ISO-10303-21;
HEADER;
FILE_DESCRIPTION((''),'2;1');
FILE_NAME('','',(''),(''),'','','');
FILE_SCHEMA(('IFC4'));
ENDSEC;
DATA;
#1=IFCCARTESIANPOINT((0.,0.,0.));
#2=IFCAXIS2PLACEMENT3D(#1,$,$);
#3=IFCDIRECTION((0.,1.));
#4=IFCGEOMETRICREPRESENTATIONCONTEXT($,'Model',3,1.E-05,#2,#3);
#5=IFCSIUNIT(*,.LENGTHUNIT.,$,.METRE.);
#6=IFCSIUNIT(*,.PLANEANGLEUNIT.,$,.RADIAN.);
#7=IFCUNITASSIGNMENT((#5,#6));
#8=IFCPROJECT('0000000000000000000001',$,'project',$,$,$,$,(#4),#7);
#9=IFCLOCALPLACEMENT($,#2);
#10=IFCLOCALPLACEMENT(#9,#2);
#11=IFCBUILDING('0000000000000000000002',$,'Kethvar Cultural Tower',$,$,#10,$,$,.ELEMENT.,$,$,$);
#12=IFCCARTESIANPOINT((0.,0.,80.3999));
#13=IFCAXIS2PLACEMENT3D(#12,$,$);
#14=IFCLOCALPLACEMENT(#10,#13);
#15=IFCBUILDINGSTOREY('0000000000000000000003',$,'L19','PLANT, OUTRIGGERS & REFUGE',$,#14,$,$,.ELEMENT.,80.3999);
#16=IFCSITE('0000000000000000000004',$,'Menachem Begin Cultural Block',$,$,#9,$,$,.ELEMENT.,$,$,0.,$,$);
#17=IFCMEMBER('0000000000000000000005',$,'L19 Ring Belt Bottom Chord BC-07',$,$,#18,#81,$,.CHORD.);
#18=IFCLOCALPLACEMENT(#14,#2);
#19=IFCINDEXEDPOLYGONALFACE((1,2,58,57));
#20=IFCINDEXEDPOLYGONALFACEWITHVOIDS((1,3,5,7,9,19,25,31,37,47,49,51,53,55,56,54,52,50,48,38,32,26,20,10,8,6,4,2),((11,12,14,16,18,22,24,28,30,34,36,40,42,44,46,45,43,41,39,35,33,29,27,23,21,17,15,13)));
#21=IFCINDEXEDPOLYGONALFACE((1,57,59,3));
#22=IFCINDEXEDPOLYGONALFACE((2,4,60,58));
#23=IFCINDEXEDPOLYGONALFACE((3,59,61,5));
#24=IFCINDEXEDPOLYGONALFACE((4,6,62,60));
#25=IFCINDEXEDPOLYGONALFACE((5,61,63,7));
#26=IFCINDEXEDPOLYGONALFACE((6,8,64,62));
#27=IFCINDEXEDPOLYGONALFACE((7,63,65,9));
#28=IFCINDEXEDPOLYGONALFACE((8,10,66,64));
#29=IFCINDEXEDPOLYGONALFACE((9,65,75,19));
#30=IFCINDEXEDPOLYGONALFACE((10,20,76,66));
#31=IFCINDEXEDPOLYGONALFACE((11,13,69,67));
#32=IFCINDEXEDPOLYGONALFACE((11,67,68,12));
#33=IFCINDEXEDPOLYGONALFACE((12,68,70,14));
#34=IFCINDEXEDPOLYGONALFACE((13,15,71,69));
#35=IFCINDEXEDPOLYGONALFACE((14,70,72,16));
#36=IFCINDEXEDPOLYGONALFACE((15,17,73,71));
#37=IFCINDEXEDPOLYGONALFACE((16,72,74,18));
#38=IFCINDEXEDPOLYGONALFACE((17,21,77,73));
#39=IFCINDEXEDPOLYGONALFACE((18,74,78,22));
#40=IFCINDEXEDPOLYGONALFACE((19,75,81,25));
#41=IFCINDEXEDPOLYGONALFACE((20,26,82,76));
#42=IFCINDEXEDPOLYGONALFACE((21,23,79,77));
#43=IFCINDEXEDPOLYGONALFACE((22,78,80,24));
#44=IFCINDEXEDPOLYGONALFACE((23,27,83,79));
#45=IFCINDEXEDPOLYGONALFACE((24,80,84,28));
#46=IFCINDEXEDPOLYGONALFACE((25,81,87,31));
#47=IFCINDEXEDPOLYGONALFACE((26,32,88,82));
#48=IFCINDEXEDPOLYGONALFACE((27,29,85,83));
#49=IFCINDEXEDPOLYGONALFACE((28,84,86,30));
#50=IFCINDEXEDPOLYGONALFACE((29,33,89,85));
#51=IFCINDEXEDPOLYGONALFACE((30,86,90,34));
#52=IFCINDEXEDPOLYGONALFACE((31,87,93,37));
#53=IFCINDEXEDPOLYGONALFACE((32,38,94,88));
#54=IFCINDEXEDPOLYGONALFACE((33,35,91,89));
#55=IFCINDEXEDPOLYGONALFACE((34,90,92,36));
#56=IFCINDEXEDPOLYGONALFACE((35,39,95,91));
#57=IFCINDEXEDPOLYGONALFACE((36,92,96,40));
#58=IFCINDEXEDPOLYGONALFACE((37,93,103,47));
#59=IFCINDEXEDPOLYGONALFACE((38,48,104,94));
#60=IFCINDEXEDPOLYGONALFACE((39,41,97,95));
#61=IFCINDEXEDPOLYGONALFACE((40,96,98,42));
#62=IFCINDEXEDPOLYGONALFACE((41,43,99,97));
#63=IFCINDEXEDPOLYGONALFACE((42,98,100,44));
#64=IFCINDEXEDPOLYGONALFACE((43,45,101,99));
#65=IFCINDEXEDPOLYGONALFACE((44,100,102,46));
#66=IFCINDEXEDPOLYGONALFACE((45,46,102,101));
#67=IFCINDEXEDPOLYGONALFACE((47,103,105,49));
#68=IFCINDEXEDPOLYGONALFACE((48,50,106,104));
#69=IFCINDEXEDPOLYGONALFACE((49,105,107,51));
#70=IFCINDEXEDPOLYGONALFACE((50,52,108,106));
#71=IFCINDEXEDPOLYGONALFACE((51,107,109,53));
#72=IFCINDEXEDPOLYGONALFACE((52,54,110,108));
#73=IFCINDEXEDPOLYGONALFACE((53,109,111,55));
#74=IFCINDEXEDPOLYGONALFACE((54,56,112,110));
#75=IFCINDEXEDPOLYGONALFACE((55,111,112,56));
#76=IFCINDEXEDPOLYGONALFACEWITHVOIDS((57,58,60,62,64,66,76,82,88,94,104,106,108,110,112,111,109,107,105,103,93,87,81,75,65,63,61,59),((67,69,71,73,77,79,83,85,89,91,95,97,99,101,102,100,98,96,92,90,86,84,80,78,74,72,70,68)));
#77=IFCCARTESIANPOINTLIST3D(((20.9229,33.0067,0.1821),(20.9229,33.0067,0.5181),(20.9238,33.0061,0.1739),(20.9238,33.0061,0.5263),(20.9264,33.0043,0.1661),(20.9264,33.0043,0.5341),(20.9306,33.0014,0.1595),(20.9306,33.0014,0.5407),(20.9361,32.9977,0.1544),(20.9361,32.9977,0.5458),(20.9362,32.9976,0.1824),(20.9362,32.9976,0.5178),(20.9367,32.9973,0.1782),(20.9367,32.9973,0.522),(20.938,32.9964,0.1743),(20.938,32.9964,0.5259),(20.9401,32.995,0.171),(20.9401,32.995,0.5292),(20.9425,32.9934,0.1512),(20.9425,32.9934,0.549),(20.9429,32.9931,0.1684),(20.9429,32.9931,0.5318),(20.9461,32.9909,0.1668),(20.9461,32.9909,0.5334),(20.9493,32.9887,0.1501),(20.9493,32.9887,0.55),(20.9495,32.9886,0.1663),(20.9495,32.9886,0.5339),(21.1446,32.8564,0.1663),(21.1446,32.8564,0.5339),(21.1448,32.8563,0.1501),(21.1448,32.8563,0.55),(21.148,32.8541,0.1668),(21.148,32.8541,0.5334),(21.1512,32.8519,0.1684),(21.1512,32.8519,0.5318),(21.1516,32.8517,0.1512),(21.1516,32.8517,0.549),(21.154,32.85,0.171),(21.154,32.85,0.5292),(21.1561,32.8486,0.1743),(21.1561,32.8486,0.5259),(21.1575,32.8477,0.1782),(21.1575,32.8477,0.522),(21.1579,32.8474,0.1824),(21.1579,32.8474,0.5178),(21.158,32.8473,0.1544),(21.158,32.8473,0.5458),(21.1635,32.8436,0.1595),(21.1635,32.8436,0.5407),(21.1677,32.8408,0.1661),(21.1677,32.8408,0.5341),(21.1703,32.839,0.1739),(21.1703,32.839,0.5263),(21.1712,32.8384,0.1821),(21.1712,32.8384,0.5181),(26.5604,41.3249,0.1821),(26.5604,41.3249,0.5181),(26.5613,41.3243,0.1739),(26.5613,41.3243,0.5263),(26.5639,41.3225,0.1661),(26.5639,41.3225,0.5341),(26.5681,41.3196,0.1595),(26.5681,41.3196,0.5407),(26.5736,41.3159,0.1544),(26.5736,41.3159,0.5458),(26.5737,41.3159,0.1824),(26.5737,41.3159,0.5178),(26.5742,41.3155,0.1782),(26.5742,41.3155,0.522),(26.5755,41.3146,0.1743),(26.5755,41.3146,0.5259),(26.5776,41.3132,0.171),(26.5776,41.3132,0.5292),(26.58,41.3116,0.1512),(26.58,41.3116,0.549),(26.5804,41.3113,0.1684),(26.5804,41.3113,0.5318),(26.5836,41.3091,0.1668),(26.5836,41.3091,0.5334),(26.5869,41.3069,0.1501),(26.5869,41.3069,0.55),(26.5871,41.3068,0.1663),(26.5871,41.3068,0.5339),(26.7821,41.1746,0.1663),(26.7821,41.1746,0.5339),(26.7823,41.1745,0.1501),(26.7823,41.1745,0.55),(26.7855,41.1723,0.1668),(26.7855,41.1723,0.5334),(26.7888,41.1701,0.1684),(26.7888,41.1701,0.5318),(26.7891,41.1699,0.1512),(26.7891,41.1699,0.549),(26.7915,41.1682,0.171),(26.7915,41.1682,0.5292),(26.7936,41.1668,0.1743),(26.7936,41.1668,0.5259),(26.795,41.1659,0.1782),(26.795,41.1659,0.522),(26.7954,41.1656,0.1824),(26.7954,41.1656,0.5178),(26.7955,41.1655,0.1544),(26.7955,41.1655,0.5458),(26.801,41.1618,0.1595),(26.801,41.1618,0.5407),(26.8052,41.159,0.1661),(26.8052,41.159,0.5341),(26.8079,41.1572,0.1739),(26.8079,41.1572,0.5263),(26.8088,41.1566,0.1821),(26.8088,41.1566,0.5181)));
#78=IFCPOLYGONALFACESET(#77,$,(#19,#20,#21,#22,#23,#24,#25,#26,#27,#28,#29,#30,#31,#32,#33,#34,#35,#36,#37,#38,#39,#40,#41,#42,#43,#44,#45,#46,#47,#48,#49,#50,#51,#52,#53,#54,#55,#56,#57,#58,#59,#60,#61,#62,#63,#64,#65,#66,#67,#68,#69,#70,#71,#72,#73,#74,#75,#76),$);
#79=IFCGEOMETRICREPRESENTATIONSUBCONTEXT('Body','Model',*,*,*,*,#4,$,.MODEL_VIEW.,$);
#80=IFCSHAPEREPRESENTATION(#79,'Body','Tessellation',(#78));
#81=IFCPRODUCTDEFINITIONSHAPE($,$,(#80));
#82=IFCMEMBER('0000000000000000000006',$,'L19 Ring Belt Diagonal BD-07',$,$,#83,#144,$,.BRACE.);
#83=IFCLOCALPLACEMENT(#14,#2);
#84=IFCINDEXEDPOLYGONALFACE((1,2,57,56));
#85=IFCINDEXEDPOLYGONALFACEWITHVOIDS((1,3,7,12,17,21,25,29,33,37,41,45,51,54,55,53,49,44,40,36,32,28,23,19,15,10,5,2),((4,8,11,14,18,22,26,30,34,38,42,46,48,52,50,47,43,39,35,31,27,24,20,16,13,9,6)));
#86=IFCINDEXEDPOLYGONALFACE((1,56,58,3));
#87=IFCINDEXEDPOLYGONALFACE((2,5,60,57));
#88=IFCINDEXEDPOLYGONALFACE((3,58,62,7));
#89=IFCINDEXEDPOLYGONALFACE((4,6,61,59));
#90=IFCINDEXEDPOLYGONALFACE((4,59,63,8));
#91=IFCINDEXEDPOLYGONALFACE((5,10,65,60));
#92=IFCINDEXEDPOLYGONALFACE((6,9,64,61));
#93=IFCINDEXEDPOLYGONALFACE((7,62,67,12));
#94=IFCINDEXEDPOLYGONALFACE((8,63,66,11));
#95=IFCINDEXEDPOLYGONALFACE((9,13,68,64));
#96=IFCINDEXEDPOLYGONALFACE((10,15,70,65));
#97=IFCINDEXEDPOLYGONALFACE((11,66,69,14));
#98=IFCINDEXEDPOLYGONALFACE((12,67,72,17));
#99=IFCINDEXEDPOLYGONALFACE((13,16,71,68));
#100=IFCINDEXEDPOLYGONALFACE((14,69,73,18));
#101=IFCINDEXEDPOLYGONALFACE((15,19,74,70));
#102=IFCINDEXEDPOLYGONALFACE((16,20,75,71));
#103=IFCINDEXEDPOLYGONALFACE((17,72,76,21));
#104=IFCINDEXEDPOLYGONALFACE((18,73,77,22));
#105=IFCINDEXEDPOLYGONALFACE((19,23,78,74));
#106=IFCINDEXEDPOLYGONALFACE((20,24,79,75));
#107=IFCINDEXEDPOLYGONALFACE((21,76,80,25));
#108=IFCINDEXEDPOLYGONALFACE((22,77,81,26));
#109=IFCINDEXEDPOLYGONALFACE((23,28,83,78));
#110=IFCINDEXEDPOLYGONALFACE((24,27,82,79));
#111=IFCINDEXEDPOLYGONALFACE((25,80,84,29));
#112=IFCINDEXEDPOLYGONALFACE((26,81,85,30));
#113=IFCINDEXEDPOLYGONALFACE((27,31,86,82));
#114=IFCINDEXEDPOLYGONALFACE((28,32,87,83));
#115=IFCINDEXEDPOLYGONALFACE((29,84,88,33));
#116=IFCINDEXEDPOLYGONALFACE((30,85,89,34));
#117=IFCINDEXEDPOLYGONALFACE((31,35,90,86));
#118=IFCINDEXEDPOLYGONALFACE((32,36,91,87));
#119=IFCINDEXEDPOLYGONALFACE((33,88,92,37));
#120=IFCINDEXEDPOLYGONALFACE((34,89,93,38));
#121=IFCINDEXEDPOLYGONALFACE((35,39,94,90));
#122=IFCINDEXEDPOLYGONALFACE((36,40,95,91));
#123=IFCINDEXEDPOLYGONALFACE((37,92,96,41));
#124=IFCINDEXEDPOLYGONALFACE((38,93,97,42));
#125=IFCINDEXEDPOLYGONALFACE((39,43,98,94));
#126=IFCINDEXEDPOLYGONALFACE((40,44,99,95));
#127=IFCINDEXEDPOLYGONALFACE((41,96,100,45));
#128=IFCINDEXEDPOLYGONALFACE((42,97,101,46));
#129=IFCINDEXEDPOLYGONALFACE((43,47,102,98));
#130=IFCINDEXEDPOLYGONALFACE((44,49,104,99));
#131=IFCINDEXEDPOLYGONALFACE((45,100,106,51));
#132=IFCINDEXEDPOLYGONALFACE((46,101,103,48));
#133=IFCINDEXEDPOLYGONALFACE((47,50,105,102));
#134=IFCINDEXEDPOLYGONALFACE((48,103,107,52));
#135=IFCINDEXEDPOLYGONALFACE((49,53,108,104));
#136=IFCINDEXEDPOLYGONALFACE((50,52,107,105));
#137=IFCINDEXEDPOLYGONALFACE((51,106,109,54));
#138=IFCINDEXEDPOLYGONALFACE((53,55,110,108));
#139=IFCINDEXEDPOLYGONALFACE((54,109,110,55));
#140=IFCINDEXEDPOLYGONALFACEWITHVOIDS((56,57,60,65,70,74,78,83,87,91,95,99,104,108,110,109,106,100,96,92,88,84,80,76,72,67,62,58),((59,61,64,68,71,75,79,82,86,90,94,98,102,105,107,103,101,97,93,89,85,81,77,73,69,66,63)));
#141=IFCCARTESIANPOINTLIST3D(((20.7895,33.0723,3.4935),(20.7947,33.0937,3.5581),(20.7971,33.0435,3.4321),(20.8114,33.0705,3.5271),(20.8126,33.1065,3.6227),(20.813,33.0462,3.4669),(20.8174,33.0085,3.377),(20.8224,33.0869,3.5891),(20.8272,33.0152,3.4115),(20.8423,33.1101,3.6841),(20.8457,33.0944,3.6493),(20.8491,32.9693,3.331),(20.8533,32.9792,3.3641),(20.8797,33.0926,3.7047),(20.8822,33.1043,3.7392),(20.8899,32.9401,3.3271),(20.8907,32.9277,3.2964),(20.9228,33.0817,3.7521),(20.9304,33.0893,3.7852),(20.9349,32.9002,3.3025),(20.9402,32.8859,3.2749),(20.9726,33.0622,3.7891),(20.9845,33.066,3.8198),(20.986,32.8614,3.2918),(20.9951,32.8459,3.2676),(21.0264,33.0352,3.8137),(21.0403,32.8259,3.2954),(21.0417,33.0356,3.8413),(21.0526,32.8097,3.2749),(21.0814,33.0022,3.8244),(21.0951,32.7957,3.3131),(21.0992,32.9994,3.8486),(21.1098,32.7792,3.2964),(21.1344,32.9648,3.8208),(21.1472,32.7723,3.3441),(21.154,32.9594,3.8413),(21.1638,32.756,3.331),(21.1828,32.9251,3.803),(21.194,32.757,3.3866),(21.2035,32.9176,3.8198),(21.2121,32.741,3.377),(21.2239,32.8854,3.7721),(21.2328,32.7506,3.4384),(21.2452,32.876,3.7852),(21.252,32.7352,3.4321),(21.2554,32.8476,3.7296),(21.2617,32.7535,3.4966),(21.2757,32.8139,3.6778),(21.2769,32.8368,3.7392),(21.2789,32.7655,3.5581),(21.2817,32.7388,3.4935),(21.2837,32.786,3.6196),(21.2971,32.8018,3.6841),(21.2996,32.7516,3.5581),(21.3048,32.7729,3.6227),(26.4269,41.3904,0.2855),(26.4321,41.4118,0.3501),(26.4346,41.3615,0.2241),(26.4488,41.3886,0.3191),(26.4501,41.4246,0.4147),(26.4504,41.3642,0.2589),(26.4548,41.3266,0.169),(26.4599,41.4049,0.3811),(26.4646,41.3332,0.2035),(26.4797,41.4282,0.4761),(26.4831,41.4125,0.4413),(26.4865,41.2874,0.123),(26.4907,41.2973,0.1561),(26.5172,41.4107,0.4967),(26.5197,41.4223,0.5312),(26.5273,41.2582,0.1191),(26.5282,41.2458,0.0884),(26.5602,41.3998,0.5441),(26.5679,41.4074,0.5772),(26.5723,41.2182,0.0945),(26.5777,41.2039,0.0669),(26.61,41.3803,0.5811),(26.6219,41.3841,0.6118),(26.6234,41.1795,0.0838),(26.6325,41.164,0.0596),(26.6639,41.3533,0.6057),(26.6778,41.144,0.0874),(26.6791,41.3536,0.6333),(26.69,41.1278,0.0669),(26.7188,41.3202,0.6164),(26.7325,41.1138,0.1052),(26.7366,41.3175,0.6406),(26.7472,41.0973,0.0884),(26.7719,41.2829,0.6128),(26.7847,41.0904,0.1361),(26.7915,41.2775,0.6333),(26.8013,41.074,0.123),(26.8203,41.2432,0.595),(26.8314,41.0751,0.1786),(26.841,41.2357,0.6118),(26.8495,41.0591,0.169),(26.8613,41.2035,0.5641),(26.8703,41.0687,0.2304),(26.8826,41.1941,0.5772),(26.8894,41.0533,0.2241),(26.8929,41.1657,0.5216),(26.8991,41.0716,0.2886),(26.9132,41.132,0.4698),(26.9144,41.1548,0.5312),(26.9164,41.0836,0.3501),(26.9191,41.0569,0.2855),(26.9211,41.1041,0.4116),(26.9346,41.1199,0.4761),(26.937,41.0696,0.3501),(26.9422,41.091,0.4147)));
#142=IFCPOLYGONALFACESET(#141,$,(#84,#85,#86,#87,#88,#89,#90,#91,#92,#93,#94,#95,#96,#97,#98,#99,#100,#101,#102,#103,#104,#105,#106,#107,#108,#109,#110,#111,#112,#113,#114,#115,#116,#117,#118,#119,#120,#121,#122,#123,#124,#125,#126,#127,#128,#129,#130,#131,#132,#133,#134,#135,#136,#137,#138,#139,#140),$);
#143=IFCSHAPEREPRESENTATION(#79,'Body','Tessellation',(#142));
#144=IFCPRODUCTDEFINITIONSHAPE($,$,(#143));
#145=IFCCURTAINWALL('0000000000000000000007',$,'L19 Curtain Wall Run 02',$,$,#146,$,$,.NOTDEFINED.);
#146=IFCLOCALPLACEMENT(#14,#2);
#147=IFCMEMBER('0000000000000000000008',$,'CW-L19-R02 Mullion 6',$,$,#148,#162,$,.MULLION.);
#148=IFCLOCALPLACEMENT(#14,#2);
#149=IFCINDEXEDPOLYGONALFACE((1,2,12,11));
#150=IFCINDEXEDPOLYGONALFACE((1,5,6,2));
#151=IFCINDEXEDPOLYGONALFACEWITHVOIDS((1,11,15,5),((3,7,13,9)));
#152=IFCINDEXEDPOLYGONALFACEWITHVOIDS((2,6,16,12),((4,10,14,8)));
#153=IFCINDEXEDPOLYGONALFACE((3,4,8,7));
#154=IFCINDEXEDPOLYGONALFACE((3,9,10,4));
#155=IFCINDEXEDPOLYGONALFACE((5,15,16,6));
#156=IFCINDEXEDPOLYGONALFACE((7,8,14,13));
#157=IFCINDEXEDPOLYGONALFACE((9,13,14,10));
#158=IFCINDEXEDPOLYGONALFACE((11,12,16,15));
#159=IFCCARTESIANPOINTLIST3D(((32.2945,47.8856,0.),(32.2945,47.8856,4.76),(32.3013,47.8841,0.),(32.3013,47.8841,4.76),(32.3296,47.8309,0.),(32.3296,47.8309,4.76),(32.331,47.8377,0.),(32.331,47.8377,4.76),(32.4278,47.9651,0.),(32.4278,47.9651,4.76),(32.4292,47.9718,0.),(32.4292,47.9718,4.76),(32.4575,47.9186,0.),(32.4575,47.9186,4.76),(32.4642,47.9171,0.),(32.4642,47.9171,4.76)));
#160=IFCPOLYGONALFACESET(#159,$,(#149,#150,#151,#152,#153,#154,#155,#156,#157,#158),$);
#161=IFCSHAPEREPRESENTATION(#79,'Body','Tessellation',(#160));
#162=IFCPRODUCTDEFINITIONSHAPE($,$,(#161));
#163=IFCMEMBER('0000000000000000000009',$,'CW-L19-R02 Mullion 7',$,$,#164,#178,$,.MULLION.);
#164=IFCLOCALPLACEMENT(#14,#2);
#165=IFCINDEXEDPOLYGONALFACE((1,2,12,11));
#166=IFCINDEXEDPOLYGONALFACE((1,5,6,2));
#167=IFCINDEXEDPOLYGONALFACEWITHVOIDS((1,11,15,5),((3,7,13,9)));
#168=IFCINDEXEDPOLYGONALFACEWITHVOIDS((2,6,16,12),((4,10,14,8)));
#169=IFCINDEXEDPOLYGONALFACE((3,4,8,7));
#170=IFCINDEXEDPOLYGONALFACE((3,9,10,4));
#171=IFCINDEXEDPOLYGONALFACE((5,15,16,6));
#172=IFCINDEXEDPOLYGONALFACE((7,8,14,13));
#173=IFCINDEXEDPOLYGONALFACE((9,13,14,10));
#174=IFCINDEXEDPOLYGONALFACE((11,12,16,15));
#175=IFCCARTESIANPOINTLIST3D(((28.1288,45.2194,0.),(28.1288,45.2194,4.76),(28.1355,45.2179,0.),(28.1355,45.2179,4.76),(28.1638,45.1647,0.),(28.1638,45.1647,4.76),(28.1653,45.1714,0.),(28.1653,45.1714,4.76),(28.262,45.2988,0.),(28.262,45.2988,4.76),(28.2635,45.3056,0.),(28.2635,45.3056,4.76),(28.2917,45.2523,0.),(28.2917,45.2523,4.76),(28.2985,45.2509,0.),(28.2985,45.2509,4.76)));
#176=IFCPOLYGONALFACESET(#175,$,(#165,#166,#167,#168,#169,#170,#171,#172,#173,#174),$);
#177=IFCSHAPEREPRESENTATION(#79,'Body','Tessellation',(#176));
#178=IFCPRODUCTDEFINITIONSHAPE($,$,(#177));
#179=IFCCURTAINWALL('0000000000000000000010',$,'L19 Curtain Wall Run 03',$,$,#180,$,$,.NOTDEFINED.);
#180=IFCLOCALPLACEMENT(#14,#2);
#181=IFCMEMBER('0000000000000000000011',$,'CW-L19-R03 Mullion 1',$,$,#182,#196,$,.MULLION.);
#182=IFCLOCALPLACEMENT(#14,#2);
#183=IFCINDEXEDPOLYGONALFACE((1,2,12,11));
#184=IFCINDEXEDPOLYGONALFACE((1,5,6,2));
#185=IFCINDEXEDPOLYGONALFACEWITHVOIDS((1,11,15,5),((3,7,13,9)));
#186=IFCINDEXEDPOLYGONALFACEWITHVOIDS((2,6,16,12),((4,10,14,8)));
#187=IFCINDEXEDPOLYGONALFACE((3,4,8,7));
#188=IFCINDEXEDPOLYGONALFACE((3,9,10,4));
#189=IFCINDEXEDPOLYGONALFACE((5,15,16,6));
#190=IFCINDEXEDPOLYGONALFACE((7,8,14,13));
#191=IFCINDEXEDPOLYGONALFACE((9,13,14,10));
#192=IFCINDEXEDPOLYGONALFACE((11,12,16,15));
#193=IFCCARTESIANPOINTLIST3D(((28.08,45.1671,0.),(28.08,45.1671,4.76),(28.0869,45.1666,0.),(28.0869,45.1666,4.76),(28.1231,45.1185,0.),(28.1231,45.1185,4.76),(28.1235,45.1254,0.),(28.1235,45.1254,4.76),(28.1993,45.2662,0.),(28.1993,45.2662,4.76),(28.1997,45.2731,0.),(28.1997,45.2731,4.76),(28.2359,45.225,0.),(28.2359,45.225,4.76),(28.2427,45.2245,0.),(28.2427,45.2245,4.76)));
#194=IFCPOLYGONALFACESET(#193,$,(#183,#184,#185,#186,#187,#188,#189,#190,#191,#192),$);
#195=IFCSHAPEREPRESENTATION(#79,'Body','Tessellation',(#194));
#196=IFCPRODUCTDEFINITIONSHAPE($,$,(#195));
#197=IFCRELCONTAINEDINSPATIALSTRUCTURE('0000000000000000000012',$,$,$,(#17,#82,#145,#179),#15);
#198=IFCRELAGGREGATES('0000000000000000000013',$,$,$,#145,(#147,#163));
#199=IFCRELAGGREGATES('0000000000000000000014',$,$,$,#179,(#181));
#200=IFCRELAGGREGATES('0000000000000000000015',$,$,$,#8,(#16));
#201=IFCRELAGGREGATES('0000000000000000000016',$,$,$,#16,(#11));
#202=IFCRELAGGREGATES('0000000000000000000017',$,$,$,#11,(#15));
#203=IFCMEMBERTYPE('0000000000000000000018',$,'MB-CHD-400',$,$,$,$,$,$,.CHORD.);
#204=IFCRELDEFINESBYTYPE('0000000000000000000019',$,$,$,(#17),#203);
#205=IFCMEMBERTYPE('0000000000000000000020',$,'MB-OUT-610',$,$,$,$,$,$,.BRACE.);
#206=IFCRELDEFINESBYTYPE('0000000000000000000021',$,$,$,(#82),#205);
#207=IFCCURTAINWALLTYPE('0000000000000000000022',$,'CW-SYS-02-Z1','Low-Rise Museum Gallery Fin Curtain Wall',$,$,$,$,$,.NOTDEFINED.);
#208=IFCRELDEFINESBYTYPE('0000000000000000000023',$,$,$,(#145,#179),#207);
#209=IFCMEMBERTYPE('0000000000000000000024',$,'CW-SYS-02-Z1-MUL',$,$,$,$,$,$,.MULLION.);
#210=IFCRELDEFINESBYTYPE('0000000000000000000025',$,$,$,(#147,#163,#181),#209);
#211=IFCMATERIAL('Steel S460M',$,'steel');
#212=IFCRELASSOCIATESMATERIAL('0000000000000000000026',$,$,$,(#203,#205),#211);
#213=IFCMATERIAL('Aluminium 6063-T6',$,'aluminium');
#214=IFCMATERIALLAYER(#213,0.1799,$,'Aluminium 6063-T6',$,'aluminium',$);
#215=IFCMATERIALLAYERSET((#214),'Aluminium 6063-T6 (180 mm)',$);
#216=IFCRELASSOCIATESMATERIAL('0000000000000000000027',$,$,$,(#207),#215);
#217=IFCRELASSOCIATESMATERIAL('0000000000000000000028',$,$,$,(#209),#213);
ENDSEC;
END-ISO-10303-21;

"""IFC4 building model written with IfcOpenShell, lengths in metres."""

from ifc_helpers import new_model, si_unit, direction, frame, origin, origin_2d, place, context, subcontext, project, spatial, hollow_rectangle, hollow_circle, extrude, source, transform, mapped, material, layer, layer_set, material_profile, profile_set, type_object, element, aggregate, save


model = new_model("IFC4")

# Units and contexts
model_context = context("Model", 3, precision=1e-05, world=origin(), true_north=direction((0.0, 1.0)))
body_context = subcontext(model_context, "Body", "Model", "MODEL_VIEW")
ifc_project = project(units=[si_unit("LENGTHUNIT", "METRE"), si_unit("PLANEANGLEUNIT", "RADIAN")], contexts=[model_context])

# Site, building, storey
site_placement = place(None, origin())
site = spatial("IfcSite", under=ifc_project, at=site_placement, Name="Menachem Begin Cultural Block", CompositionType="ELEMENT", RefElevation=0.0)
building_placement = place(site_placement, origin())
building = spatial("IfcBuilding", under=site, at=building_placement, Name="Kethvar Cultural Tower", CompositionType="ELEMENT")
storey_placement = place(building_placement, frame((0.0, 0.0, 80.3999)))
storey = spatial("IfcBuildingStorey", under=building, at=storey_placement, Name="L19", Description="PLANT, OUTRIGGERS & REFUGE", CompositionType="ELEMENT", Elevation=80.3999)

# Shared definitions
ifc_material_1 = material(Name="Steel S460M", Category="steel")

# Shared definitions
ifc_material_profile_1 = material_profile(ifc_material_1, hollow_rectangle(XDim=0.3, YDim=0.3999, WallThickness=0.0161, InnerFilletRadius=0.0161, OuterFilletRadius=0.032, at=origin_2d()), Name="Steel S460M — RHS400x300x16")
ifc_profile_set_1 = profile_set([ifc_material_profile_1], Name="Steel S460M — RHS400x300x16")
member_type_1 = type_object("IfcMemberType", Name="MB-CHD-400", PredefinedType="CHORD", material=ifc_profile_set_1)
ifc_material_profile_2 = material_profile(ifc_material_1, hollow_circle(Radius=0.3049, WallThickness=0.0249, at=origin_2d()), Name="Steel S460M — CHS610x25")
ifc_profile_set_2 = profile_set([ifc_material_profile_2], Name="Steel S460M — CHS610x25")
member_type_2 = type_object("IfcMemberType", Name="MB-OUT-610", PredefinedType="BRACE", material=ifc_profile_set_2)

# Members
shared_shape_1 = source(origin(), body_context, "Body", "SweptSolid", [
    extrude(hollow_rectangle(XDim=0.3, YDim=0.3999, WallThickness=0.0161, InnerFilletRadius=0.0161, OuterFilletRadius=0.032, at=origin_2d()), origin(), (0.0, 0.0, 1.0), 10.0486),
])
member_1_placement = place(storey_placement, frame((26.6846, 41.2407, 0.3501), z_axis=(-0.561025, -0.827799, 0.0), x_axis=(0.827799, -0.561025, 0.0)))
element("IfcMember", 1, at=member_1_placement, inside=storey, type_object=member_type_1, Name="L19 Ring Belt Bottom Chord BC-07", PredefinedType="CHORD", context=body_context, shape_type="MappedRepresentation", body=[
    mapped(shared_shape_1, transform((0.0, 0.0, 0.0), scale=1.0)),
])
shared_shape_2 = source(origin(), body_context, "Body", "SweptSolid", [
    extrude(hollow_circle(Radius=0.3049, WallThickness=0.0249, at=origin_2d()), origin(), (0.0, 0.0, 1.0), 10.5481),
])
member_2_placement = place(storey_placement, frame((26.6846, 41.2407, 0.3501), z_axis=(-0.53445, -0.788586, 0.30413), x_axis=(0.827799, -0.561025, 0.0)))
element("IfcMember", 2, at=member_2_placement, inside=storey, type_object=member_type_2, Name="L19 Ring Belt Diagonal BD-07", PredefinedType="BRACE", context=body_context, shape_type="MappedRepresentation", body=[
    mapped(shared_shape_2, transform((0.0, 0.0, 0.0), scale=1.0)),
])

# Curtain walls, members
ifc_material_2 = material(Name="Aluminium 6063-T6", Category="aluminium")
ifc_layer_1 = layer(ifc_material_2, 0.1799, Name="Aluminium 6063-T6", Category="aluminium")
ifc_layer_set_1 = layer_set([ifc_layer_1], Name="Aluminium 6063-T6 (180 mm)")
curtain_wall_type = type_object("IfcCurtainWallType", Name="CW-SYS-02-Z1", Description="Low-Rise Museum Gallery Fin Curtain Wall", PredefinedType="NOTDEFINED", material=ifc_layer_set_1)
curtain_wall_1_placement = place(storey_placement, origin())
curtain_wall_1 = element("IfcCurtainWall", 3, at=curtain_wall_1_placement, inside=storey, type_object=curtain_wall_type, Name="L19 Curtain Wall Run 02", PredefinedType="NOTDEFINED")
ifc_material_profile_3 = material_profile(ifc_material_2, hollow_rectangle(XDim=0.0649, YDim=0.1599, WallThickness=0.0049, at=origin_2d()), Name="Aluminium 6063-T6 — RHS160x65x5")
ifc_profile_set_3 = profile_set([ifc_material_profile_3], Name="Aluminium 6063-T6 — RHS160x65x5")
member_type_3 = type_object("IfcMemberType", Name="CW-SYS-02-Z1-MUL", PredefinedType="MULLION", material=ifc_profile_set_3)
shared_shape_3 = source(origin(), body_context, "Body", "SweptSolid", [
    extrude(hollow_rectangle(XDim=0.0649, YDim=0.1599, WallThickness=0.0049, at=origin_2d()), origin(), (0.0, 0.0, 1.0), 4.76),
])
member_3_placement = place(storey_placement, frame((32.3794, 47.9014, 0.0), z_axis=(0.0, 0.0, 1.0), x_axis=(0.539065, -0.842264, 0.0)))
member_3 = element("IfcMember", 4, at=member_3_placement, type_object=member_type_3, Name="CW-L19-R02 Mullion 6", PredefinedType="MULLION", context=body_context, shape_type="MappedRepresentation", body=[
    mapped(shared_shape_3, transform((0.0, 0.0, 0.0), scale=1.0)),
])
member_4_placement = place(storey_placement, frame((28.2136, 45.2351, 0.0), z_axis=(0.0, 0.0, 1.0), x_axis=(0.539065, -0.842264, 0.0)))
member_4 = element("IfcMember", 5, at=member_4_placement, type_object=member_type_3, Name="CW-L19-R02 Mullion 7", PredefinedType="MULLION", context=body_context, shape_type="MappedRepresentation", body=[
    mapped(shared_shape_3, transform((0.0, 0.0, 0.0), scale=1.0)),
])
curtain_wall_2_placement = place(storey_placement, origin())
curtain_wall_2 = element("IfcCurtainWall", 6, at=curtain_wall_2_placement, inside=storey, type_object=curtain_wall_type, Name="L19 Curtain Wall Run 03", PredefinedType="NOTDEFINED")
member_5_placement = place(storey_placement, frame((28.1614, 45.1958, 0.0), z_axis=(0.0, 0.0, 1.0), x_axis=(0.663339, -0.748319, 0.0)))
member_5 = element("IfcMember", 7, at=member_5_placement, type_object=member_type_3, Name="CW-L19-R03 Mullion 1", PredefinedType="MULLION", context=body_context, shape_type="MappedRepresentation", body=[
    mapped(shared_shape_3, transform((0.0, 0.0, 0.0), scale=1.0)),
])

aggregate(curtain_wall_1, [member_3, member_4])
aggregate(curtain_wall_2, [member_5])

save(model, "model.ifc")
